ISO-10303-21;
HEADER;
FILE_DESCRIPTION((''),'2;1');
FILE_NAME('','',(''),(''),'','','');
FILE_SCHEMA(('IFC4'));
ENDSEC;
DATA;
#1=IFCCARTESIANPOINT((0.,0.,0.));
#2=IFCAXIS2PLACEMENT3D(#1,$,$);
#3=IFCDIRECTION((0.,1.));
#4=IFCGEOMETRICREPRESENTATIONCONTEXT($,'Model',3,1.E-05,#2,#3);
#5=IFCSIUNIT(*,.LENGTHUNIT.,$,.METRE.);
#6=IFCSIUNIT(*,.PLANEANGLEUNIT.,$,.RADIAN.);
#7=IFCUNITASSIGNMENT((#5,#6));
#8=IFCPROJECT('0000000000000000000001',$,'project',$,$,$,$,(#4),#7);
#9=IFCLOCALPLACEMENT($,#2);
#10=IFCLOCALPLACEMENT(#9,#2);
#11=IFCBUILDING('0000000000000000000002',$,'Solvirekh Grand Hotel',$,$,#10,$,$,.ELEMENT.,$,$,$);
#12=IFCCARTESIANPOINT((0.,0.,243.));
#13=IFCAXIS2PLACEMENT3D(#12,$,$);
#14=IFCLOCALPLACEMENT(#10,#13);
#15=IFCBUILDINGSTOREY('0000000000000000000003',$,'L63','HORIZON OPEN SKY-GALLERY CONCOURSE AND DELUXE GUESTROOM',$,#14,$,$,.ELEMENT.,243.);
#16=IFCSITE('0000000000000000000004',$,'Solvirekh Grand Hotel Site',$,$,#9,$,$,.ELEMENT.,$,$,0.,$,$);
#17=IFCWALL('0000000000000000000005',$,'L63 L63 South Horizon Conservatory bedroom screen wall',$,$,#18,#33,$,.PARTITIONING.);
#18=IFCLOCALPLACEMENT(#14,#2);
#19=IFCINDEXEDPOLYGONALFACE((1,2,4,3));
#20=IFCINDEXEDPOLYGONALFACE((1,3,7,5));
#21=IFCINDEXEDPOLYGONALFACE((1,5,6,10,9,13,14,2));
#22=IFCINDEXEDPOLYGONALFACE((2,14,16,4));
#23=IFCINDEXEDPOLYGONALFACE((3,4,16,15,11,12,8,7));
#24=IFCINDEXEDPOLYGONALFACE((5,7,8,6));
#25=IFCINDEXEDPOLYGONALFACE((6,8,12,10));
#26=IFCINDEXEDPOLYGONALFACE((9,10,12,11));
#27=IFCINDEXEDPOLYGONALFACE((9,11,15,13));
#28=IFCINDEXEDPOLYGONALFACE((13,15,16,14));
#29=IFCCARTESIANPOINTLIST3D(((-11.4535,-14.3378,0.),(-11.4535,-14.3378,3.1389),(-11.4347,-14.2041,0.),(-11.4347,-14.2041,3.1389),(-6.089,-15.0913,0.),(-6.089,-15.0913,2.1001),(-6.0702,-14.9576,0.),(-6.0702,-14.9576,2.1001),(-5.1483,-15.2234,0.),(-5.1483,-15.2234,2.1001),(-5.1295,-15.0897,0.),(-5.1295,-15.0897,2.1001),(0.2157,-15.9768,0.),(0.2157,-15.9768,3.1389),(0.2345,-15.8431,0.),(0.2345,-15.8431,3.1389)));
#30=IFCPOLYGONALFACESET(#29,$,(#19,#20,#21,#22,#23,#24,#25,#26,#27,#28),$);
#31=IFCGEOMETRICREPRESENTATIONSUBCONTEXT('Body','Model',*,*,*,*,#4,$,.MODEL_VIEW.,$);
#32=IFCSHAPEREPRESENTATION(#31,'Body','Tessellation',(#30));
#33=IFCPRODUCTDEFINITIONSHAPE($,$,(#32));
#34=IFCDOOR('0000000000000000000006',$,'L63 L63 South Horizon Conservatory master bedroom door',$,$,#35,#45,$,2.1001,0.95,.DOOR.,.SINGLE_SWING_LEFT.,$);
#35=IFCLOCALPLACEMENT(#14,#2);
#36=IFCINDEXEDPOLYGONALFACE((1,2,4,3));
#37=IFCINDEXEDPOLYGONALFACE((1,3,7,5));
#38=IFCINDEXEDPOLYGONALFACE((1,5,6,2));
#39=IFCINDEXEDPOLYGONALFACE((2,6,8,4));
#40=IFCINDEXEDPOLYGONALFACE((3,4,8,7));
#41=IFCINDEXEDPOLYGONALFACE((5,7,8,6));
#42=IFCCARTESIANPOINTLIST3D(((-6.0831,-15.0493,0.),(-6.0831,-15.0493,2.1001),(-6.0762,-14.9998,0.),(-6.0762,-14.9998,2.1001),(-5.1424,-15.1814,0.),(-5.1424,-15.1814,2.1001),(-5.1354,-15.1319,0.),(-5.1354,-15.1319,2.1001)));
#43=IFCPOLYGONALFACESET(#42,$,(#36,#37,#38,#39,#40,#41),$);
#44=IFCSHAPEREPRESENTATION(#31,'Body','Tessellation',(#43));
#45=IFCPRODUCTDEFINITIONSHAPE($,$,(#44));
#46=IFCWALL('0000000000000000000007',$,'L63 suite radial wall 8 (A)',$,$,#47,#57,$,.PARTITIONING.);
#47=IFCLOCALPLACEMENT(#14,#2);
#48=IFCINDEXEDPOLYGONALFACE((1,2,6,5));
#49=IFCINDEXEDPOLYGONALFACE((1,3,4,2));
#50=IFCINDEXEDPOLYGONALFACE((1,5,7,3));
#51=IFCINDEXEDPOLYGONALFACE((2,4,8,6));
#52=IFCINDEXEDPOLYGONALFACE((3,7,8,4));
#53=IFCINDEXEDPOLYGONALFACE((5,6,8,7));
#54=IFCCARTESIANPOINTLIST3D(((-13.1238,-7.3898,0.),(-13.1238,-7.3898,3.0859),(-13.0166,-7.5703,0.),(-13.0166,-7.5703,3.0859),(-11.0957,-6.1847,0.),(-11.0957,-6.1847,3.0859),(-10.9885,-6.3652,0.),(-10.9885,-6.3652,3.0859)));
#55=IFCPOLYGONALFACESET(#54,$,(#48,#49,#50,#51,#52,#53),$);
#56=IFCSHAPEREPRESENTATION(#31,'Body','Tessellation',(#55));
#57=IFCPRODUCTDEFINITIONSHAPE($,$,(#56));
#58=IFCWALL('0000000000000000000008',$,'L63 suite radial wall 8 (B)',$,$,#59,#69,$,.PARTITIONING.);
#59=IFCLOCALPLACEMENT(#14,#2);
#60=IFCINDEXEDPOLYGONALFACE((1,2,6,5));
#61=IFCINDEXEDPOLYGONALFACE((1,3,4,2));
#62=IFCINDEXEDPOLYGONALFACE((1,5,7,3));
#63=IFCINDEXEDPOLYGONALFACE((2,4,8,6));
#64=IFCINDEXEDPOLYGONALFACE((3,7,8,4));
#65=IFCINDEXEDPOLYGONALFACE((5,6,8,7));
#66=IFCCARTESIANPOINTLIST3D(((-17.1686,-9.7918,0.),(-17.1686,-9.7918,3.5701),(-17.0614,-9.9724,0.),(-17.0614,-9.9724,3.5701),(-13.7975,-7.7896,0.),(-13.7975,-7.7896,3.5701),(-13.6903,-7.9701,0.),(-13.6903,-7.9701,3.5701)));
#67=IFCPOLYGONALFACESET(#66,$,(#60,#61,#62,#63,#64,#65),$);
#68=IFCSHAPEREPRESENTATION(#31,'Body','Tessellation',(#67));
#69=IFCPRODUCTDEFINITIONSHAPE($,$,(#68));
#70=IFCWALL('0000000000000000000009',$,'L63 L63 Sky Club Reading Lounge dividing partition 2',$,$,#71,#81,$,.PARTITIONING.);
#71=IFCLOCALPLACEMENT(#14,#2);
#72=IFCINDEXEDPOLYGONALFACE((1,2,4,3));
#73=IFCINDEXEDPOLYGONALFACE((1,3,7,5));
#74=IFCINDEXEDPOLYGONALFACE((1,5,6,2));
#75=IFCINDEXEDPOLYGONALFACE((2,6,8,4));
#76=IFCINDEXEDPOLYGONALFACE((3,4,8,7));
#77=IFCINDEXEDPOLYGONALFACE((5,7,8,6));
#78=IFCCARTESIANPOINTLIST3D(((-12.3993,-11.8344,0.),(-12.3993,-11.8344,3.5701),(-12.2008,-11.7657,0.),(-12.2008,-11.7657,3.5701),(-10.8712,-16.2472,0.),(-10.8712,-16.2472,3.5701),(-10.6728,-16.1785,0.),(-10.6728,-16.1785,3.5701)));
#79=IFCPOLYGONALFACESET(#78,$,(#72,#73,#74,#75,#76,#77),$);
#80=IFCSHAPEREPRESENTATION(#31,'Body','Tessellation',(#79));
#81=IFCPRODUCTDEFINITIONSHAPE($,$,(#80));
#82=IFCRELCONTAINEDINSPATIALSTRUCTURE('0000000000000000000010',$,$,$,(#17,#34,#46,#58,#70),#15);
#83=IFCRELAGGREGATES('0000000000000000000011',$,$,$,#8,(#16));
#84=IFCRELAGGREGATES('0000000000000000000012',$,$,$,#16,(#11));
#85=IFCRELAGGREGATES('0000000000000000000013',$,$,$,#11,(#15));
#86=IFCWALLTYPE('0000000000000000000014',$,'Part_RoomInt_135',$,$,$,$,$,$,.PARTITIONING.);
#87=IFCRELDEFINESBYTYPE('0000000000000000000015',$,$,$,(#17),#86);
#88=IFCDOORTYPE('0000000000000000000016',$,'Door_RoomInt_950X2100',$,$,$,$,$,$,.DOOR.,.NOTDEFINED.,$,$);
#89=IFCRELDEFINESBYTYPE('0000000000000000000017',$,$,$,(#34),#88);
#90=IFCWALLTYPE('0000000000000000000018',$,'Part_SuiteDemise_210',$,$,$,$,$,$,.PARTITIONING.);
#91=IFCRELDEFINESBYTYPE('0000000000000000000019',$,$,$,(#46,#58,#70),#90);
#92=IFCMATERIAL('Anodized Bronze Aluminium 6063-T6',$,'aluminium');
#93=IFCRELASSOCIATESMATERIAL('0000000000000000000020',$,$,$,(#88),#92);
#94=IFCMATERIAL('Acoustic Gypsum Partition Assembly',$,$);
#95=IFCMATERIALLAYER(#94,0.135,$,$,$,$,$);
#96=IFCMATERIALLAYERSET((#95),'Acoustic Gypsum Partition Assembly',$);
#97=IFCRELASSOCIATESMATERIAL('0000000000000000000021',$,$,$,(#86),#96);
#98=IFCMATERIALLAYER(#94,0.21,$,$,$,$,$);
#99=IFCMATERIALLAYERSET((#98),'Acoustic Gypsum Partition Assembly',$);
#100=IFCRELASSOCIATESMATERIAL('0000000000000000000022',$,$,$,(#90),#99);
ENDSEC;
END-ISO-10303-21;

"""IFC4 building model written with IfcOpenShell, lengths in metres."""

from ifc_helpers import new_model, si_unit, direction, frame, frame_2d, origin, place, context, subcontext, project, spatial, rectangle, extrude, material, layer, layer_set, type_object, element, fill, save


model = new_model("IFC4")

# Units and contexts
model_context = context("Model", 3, precision=1e-05, world=origin(), true_north=direction((0.0, 1.0)))
body_context = subcontext(model_context, "Body", "Model", "MODEL_VIEW")
ifc_project = project(units=[si_unit("LENGTHUNIT", "METRE"), si_unit("PLANEANGLEUNIT", "RADIAN")], contexts=[model_context])

# Site, building, storey
site_placement = place(None, origin())
site = spatial("IfcSite", under=ifc_project, at=site_placement, Name="Solvirekh Grand Hotel Site", CompositionType="ELEMENT", RefElevation=0.0)
building_placement = place(site_placement, origin())
building = spatial("IfcBuilding", under=site, at=building_placement, Name="Solvirekh Grand Hotel", CompositionType="ELEMENT")
storey_placement = place(building_placement, frame((0.0, 0.0, 243.0)))
storey = spatial("IfcBuildingStorey", under=building, at=storey_placement, Name="L63", Description="HORIZON OPEN SKY-GALLERY CONCOURSE AND DELUXE GUESTROOM", CompositionType="ELEMENT", Elevation=243.0)

# Shared definitions
ifc_material_1 = material(Name="Anodized Bronze Aluminium 6063-T6", Category="aluminium")

# Wall, opening, door
ifc_material_2 = material(Name="Acoustic Gypsum Partition Assembly")
door_type_1 = type_object("IfcDoorType", Name="Door_RoomInt_950X2100", OperationType="NOTDEFINED", PredefinedType="DOOR", material=ifc_material_1)
ifc_layer_1 = layer(ifc_material_2, 0.135)
ifc_layer_set_1 = layer_set([ifc_layer_1], Name="Acoustic Gypsum Partition Assembly")
wall_type_1 = type_object("IfcWallType", Name="Part_RoomInt_135", PredefinedType="PARTITIONING", material=ifc_layer_set_1)
wall_1_placement = place(storey_placement, frame((-11.4441, -14.271, 0.0), z_axis=(0.0, 0.0, 1.0), x_axis=(0.990281, -0.139083, 0.0)))
wall_1 = element("IfcWall", 1, at=wall_1_placement, inside=storey, type_object=wall_type_1, Name="L63 L63 South Horizon Conservatory bedroom screen wall", PredefinedType="PARTITIONING", context=body_context, shape_type="SweptSolid", body=[
    extrude(rectangle(XDim=11.7837, YDim=0.135, at=frame_2d((5.8918, 0.0))), origin(), (0.0, 0.0, 1.0), 3.1389),
])
opening_1_placement = place(wall_1_placement, frame((5.417, 0.0, 0.0)))
opening_1 = element("IfcOpeningElement", 2, at=opening_1_placement, cuts=wall_1, PredefinedType="OPENING", context=body_context, shape_type="SweptSolid", body=[
    extrude(rectangle(XDim=0.95, YDim=2.1001, at=frame_2d((0.4751, 1.05))), frame((0.0, 0.0776, 0.0), z_axis=(0.0, -1.0, 0.0), x_axis=(1.0, 0.0, 0.0)), (0.0, 0.0, 1.0), 0.155),
])
door_1_placement = place(opening_1_placement, origin())
door_1 = element("IfcDoor", 3, at=door_1_placement, inside=storey, type_object=door_type_1, Name="L63 L63 South Horizon Conservatory master bedroom door", OperationType="SINGLE_SWING_LEFT", OverallHeight=2.1001, OverallWidth=0.95, PredefinedType="DOOR", context=body_context, shape_type="SweptSolid", body=[
    extrude(rectangle(XDim=0.95, YDim=2.1001, at=frame_2d((0.4751, 1.05))), frame((0.0, 0.0249, 0.0), z_axis=(0.0, -1.0, 0.0), x_axis=(1.0, 0.0, 0.0)), (0.0, 0.0, 1.0), 0.05),
])
fill(opening_1, door_1)

# Walls
ifc_layer_2 = layer(ifc_material_2, 0.21)
ifc_layer_set_2 = layer_set([ifc_layer_2], Name="Acoustic Gypsum Partition Assembly")
wall_type_2 = type_object("IfcWallType", Name="Part_SuiteDemise_210", PredefinedType="PARTITIONING", material=ifc_layer_set_2)
wall_2_placement = place(storey_placement, frame((-11.042, -6.2749, 0.0), z_axis=(0.0, 0.0, 1.0), x_axis=(-0.859686, -0.510823, 0.0)))
element("IfcWall", 4, at=wall_2_placement, inside=storey, type_object=wall_type_2, Name="L63 suite radial wall 8 (A)", PredefinedType="PARTITIONING", context=body_context, shape_type="SweptSolid", body=[
    extrude(rectangle(XDim=2.3591, YDim=0.21, at=frame_2d((1.1797, 0.0))), origin(), (0.0, 0.0, 1.0), 3.0859),
])
wall_3_placement = place(storey_placement, frame((-13.7439, -7.8799, 0.0), z_axis=(0.0, 0.0, 1.0), x_axis=(-0.859786, -0.510654, 0.0)))
element("IfcWall", 5, at=wall_3_placement, inside=storey, type_object=wall_type_2, Name="L63 suite radial wall 8 (B)", PredefinedType="PARTITIONING", context=body_context, shape_type="SweptSolid", body=[
    extrude(rectangle(XDim=3.9209, YDim=0.21, at=frame_2d((1.9604, 0.0))), origin(), (0.0, 0.0, 1.0), 3.5701),
])
wall_4_placement = place(storey_placement, frame((-12.3, -11.8, 0.0), z_axis=(0.0, 0.0, 1.0), x_axis=(0.327217, -0.944949, 0.0)))
element("IfcWall", 6, at=wall_4_placement, inside=storey, type_object=wall_type_2, Name="L63 L63 Sky Club Reading Lounge dividing partition 2", PredefinedType="PARTITIONING", context=body_context, shape_type="SweptSolid", body=[
    extrude(rectangle(XDim=4.6699, YDim=0.21, at=frame_2d((2.335, 0.0))), origin(), (0.0, 0.0, 1.0), 3.5701),
])

save(model, "model.ifc")
